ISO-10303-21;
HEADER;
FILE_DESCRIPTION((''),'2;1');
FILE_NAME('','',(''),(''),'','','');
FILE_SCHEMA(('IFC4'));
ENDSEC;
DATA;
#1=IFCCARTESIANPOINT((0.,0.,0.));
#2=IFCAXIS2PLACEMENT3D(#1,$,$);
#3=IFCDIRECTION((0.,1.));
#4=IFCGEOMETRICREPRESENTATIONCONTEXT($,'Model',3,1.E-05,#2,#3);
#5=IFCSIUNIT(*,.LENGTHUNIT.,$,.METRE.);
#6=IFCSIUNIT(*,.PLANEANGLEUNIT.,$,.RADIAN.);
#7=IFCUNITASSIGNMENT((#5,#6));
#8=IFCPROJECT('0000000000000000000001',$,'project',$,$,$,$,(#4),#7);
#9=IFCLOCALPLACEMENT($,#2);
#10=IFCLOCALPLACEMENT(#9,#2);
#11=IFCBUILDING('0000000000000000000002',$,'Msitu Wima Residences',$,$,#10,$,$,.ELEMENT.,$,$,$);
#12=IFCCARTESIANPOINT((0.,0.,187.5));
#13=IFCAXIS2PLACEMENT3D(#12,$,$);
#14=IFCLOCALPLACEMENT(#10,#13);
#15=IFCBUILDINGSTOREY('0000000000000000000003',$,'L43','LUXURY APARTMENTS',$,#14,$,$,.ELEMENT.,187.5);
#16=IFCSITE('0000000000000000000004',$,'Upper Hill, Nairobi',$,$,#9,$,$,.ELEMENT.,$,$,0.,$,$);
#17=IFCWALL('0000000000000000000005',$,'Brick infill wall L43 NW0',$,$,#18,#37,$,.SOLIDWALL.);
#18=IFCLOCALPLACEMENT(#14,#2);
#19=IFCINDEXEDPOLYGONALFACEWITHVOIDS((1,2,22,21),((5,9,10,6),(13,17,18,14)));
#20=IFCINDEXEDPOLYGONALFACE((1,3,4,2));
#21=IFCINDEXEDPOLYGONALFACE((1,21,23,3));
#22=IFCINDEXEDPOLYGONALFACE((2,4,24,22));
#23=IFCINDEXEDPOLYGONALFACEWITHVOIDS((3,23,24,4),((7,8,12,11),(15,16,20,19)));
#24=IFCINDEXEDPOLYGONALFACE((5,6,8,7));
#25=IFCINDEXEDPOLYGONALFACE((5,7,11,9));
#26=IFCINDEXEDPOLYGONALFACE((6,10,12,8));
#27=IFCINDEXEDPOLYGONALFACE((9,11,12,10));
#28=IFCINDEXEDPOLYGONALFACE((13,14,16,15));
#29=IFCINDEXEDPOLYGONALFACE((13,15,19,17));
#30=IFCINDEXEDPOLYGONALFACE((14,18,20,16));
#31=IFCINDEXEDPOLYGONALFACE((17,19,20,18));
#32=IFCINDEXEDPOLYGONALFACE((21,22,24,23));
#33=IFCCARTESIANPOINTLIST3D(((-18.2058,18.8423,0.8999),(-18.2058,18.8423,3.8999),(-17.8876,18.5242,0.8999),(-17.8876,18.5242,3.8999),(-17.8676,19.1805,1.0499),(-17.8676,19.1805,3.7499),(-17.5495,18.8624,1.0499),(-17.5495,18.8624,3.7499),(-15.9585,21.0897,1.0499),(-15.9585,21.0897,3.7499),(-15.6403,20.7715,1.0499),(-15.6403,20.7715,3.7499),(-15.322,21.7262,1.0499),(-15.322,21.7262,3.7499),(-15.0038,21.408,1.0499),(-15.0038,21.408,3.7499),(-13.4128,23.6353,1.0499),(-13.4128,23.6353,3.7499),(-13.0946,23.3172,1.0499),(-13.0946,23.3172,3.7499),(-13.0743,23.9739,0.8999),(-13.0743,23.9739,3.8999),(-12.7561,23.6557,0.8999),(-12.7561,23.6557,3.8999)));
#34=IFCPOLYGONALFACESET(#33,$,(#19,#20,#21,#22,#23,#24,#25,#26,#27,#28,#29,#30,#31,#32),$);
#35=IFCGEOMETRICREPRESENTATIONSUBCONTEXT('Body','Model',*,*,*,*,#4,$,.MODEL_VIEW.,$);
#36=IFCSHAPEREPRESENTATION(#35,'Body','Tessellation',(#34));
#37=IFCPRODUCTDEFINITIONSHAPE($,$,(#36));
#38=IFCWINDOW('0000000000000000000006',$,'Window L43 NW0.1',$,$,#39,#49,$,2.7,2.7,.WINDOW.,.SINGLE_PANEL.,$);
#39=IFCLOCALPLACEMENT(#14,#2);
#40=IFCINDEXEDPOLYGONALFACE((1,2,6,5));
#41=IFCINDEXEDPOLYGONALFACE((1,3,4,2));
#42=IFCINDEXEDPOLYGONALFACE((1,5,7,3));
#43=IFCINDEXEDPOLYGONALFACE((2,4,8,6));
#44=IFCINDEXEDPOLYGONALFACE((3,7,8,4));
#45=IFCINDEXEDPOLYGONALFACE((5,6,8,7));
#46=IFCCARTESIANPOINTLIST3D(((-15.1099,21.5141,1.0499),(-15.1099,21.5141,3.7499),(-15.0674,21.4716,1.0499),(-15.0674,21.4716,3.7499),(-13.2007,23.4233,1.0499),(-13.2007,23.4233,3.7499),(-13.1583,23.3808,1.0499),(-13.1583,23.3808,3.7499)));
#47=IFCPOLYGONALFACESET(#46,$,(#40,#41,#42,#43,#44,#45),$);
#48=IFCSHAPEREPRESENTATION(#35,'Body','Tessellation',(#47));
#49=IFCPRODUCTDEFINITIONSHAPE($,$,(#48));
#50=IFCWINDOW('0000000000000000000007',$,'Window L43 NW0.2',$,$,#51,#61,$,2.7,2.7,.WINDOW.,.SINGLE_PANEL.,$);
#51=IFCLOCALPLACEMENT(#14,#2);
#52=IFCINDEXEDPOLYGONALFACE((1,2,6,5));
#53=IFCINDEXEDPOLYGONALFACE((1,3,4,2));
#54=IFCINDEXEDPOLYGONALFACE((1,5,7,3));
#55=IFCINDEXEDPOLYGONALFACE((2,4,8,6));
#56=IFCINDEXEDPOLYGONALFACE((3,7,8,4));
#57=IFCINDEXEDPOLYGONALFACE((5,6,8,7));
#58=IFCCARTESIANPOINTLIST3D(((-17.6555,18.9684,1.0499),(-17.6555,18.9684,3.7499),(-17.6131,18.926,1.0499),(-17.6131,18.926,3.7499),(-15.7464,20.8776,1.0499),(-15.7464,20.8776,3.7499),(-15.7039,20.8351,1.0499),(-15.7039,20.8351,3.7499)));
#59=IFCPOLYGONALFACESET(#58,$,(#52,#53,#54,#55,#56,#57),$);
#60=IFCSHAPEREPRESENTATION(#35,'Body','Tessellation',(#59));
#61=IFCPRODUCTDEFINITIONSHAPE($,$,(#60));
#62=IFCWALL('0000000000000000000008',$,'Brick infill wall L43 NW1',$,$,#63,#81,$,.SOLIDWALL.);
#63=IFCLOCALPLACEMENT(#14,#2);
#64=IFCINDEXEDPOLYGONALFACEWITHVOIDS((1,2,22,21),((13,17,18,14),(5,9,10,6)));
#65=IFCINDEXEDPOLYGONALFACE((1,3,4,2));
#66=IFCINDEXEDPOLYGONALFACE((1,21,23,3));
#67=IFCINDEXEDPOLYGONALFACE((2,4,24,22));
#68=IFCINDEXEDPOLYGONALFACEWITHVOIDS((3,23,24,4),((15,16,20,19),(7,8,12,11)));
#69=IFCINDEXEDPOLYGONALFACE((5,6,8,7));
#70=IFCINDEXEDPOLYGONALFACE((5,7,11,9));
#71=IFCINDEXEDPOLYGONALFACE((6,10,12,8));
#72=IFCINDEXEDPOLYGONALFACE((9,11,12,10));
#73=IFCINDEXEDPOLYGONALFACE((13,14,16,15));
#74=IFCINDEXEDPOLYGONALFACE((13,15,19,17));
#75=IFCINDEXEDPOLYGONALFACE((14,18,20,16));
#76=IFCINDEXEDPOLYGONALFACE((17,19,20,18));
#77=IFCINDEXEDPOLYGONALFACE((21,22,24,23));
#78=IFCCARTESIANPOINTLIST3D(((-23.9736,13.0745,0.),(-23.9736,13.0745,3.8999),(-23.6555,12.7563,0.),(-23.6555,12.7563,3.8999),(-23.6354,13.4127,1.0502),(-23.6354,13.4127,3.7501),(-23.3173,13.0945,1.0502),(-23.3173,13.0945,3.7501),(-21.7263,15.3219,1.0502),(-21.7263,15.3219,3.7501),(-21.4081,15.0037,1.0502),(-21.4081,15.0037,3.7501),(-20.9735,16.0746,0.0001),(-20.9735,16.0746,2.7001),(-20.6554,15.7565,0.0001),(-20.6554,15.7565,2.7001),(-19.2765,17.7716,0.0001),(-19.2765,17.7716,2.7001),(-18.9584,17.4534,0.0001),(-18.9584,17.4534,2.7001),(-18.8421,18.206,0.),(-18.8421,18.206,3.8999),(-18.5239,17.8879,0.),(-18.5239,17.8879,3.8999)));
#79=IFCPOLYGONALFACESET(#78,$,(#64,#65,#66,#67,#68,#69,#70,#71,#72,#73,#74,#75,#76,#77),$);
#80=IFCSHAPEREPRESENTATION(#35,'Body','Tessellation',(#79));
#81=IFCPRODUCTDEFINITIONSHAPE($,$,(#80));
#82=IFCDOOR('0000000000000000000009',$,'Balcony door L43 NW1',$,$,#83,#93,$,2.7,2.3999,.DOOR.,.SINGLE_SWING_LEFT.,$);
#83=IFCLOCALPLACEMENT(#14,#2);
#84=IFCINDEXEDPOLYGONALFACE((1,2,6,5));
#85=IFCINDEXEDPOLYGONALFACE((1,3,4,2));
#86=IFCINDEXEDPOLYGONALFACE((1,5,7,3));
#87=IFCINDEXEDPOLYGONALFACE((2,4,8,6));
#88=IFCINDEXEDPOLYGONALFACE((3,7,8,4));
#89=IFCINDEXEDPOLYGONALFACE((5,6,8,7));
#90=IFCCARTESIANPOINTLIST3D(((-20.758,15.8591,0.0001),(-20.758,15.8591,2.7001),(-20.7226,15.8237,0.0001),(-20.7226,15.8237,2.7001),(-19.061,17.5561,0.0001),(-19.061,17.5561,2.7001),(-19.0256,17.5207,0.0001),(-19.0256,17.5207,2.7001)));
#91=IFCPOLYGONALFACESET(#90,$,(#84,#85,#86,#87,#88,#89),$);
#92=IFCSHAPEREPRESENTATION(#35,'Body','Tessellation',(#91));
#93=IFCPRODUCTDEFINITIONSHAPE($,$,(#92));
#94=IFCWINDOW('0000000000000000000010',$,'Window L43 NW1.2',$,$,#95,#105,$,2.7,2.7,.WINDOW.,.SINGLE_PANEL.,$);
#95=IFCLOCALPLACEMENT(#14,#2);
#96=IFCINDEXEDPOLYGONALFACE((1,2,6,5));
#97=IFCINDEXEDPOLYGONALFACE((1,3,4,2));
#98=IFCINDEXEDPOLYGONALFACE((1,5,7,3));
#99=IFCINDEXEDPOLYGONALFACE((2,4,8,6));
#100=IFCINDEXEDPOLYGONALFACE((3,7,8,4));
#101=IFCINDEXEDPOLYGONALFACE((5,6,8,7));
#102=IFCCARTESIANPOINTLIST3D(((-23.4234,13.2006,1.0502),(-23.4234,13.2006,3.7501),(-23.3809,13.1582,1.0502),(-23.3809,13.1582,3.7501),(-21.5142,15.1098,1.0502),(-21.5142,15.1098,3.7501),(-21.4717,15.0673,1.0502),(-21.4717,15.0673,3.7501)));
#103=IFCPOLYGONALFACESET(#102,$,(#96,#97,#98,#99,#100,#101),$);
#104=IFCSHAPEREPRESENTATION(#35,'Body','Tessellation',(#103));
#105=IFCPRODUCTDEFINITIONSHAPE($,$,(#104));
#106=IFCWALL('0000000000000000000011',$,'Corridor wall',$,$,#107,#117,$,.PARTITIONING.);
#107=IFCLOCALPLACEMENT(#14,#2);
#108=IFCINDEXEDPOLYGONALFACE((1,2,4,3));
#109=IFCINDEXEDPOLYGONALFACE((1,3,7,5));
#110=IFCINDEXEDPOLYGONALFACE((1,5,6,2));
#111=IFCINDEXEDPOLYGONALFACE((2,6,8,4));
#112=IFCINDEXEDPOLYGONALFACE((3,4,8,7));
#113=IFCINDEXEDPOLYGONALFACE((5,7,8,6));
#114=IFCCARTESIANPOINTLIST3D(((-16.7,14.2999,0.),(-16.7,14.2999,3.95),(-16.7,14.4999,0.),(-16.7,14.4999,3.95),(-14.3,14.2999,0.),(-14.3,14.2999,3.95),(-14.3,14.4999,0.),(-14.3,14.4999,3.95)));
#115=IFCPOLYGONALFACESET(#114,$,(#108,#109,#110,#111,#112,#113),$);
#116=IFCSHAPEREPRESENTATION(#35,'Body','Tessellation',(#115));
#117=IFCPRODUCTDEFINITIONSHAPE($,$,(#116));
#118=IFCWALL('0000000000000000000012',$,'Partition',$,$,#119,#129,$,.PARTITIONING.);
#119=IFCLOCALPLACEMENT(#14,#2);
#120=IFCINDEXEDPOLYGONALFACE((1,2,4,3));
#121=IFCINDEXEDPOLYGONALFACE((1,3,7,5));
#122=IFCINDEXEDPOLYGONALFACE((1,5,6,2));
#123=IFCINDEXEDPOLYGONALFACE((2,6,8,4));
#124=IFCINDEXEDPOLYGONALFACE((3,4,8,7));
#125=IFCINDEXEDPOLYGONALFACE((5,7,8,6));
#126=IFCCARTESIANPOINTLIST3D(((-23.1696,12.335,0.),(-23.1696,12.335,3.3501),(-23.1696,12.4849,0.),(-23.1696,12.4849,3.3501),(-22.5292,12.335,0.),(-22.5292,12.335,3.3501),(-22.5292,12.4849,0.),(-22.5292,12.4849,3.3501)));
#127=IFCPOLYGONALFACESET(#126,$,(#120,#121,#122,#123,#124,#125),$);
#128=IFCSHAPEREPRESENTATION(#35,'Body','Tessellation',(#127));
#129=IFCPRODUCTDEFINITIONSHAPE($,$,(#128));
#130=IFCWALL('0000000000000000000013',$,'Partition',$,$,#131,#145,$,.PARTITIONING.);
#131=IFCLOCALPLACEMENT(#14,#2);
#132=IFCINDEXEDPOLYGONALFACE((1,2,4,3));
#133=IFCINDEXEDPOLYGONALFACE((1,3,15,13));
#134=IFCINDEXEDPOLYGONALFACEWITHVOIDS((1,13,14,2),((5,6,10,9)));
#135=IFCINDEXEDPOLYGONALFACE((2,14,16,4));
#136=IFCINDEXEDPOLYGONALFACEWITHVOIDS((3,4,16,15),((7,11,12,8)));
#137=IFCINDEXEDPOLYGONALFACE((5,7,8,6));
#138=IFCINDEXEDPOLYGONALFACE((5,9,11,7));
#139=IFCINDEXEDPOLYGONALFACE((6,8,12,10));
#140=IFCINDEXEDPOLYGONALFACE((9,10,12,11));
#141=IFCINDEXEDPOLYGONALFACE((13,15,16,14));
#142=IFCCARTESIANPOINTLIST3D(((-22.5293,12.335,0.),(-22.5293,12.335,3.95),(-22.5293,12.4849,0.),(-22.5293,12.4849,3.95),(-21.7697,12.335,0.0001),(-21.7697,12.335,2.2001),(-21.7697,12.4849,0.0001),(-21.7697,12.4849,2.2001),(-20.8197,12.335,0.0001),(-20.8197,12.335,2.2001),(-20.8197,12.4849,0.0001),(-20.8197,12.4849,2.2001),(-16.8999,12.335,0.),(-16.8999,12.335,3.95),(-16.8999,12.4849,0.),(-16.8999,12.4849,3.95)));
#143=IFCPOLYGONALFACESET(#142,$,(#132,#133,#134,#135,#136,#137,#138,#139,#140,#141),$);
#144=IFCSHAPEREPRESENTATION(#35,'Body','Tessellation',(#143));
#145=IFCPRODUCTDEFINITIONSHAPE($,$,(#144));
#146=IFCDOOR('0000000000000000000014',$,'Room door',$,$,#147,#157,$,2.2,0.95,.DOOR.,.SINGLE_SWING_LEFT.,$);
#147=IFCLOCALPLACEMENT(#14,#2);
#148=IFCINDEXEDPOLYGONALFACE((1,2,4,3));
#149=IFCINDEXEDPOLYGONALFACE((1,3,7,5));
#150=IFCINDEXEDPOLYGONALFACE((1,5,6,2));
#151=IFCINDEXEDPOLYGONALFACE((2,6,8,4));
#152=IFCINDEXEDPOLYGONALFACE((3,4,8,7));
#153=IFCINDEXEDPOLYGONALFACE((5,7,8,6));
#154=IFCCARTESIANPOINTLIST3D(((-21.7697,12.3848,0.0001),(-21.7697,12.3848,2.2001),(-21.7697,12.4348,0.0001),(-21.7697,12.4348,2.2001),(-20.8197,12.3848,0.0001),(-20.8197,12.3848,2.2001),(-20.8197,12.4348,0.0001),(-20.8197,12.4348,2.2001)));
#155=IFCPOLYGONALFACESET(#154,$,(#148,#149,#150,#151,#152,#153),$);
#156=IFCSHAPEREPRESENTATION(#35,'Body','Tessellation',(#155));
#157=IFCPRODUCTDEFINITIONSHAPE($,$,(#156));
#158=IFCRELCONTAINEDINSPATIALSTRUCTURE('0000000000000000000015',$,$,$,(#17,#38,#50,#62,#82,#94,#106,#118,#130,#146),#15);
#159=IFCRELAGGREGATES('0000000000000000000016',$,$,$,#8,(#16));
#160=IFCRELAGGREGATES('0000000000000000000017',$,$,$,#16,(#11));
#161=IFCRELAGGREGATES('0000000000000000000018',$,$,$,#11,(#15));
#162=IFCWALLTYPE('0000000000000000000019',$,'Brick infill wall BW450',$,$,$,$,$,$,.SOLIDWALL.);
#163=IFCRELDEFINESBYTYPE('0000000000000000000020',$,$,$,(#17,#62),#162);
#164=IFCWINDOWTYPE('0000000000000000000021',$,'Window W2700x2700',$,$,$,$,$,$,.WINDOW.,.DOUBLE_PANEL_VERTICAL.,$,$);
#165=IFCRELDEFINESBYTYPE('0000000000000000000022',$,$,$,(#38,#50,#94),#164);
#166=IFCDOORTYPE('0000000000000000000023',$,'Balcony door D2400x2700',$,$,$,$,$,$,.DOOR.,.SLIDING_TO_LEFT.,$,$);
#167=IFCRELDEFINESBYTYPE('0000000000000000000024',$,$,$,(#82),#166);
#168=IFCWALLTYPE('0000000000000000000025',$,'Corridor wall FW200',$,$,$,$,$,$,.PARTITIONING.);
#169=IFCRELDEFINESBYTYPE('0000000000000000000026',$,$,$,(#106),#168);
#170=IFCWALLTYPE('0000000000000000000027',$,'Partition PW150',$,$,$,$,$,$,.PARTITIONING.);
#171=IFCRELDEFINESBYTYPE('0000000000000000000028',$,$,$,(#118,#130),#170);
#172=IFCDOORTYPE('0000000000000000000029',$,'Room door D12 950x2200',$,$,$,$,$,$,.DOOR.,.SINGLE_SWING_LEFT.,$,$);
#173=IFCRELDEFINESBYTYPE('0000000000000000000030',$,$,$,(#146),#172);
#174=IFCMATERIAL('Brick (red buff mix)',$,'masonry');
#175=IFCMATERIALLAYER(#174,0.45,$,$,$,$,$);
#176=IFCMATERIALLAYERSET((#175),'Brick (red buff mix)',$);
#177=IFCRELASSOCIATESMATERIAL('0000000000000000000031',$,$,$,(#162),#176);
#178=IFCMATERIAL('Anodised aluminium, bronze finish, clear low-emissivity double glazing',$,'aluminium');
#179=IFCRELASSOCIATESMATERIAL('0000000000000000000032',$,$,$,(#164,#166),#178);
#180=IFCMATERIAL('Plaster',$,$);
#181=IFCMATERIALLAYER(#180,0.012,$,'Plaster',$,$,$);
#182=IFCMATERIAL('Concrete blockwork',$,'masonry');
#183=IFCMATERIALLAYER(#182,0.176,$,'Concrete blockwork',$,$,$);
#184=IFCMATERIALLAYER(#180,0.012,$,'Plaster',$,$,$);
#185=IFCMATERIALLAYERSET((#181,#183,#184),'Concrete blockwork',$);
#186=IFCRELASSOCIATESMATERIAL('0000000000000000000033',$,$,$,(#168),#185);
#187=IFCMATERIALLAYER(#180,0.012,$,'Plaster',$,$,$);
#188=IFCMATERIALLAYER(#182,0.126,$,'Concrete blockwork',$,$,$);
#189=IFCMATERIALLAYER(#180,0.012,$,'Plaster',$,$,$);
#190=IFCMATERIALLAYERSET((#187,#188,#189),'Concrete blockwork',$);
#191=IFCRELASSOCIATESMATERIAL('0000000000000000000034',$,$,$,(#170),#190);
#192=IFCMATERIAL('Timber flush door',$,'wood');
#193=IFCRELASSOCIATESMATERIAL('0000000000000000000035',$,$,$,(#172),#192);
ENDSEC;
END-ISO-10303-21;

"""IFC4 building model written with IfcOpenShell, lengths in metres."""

from ifc_helpers import new_model, si_unit, direction, frame, frame_2d, origin, place, context, subcontext, project, spatial, rectangle, extrude, material, layer, layer_set, type_object, element, fill, save


model = new_model("IFC4")

# Units and contexts
model_context = context("Model", 3, precision=1e-05, world=origin(), true_north=direction((0.0, 1.0)))
body_context = subcontext(model_context, "Body", "Model", "MODEL_VIEW")
ifc_project = project(units=[si_unit("LENGTHUNIT", "METRE"), si_unit("PLANEANGLEUNIT", "RADIAN")], contexts=[model_context])

# Site, building, storey
site_placement = place(None, origin())
site = spatial("IfcSite", under=ifc_project, at=site_placement, Name="Upper Hill, Nairobi", CompositionType="ELEMENT", RefElevation=0.0)
building_placement = place(site_placement, origin())
building = spatial("IfcBuilding", under=site, at=building_placement, Name="Msitu Wima Residences", CompositionType="ELEMENT")
storey_placement = place(building_placement, frame((0.0, 0.0, 187.5)))
storey = spatial("IfcBuildingStorey", under=building, at=storey_placement, Name="L43", Description="LUXURY APARTMENTS", CompositionType="ELEMENT", Elevation=187.5)

# Wall, openings, windows
ifc_material_1 = material(Name="Brick (red buff mix)", Category="masonry")
ifc_layer_1 = layer(ifc_material_1, 0.45)
ifc_layer_set_1 = layer_set([ifc_layer_1], Name="Brick (red buff mix)")
wall_type_1 = type_object("IfcWallType", Name="Brick infill wall BW450", PredefinedType="SOLIDWALL", material=ifc_layer_set_1)
wall_1_placement = place(storey_placement, frame((-12.9153, 23.8147, 0.8999), z_axis=(0.0, 0.0, 1.0), x_axis=(-0.707107, -0.707107, 0.0)))
wall_1 = element("IfcWall", 1, at=wall_1_placement, inside=storey, type_object=wall_type_1, Name="Brick infill wall L43 NW0", PredefinedType="SOLIDWALL", context=body_context, shape_type="SweptSolid", body=[
    extrude(rectangle(XDim=7.2571, YDim=0.45, at=frame_2d((3.6284, 0.0))), origin(), (0.0, 0.0, 1.0), 3.0),
])
opening_1_placement = place(wall_1_placement, frame((0.4785, 0.0, 0.1499)))
opening_1 = element("IfcOpeningElement", 2, at=opening_1_placement, cuts=wall_1, PredefinedType="OPENING", context=body_context, shape_type="SweptSolid", body=[
    extrude(rectangle(XDim=2.7, YDim=2.7, at=frame_2d((1.3501, 1.3501))), frame((0.0, 0.2349, 0.0), z_axis=(0.0, -1.0, 0.0), x_axis=(1.0, 0.0, 0.0)), (0.0, 0.0, 1.0), 0.47),
])
opening_2_placement = place(wall_1_placement, frame((4.0786, 0.0, 0.1499)))
opening_2 = element("IfcOpeningElement", 3, at=opening_2_placement, cuts=wall_1, PredefinedType="OPENING", context=body_context, shape_type="SweptSolid", body=[
    extrude(rectangle(XDim=2.7, YDim=2.7, at=frame_2d((1.3501, 1.3501))), frame((0.0, 0.2349, 0.0), z_axis=(0.0, -1.0, 0.0), x_axis=(1.0, 0.0, 0.0)), (0.0, 0.0, 1.0), 0.47),
])
ifc_material_2 = material(Name="Anodised aluminium, bronze finish, clear low-emissivity double glazing", Category="aluminium")
window_type = type_object("IfcWindowType", Name="Window W2700x2700", PartitioningType="DOUBLE_PANEL_VERTICAL", PredefinedType="WINDOW", material=ifc_material_2)
window_1_placement = place(opening_1_placement, origin())
window_1 = element("IfcWindow", 4, at=window_1_placement, inside=storey, type_object=window_type, Name="Window L43 NW0.1", OverallHeight=2.7, OverallWidth=2.7, PartitioningType="SINGLE_PANEL", PredefinedType="WINDOW", context=body_context, shape_type="SweptSolid", body=[
    extrude(rectangle(XDim=2.7, YDim=2.7, at=frame_2d((1.3501, 1.3501))), frame((0.0, 0.135, 0.0), z_axis=(0.0, -1.0, 0.0), x_axis=(1.0, 0.0, 0.0)), (0.0, 0.0, 1.0), 0.0601),
])
fill(opening_1, window_1)
window_2_placement = place(opening_2_placement, origin())
window_2 = element("IfcWindow", 5, at=window_2_placement, inside=storey, type_object=window_type, Name="Window L43 NW0.2", OverallHeight=2.7, OverallWidth=2.7, PartitioningType="SINGLE_PANEL", PredefinedType="WINDOW", context=body_context, shape_type="SweptSolid", body=[
    extrude(rectangle(XDim=2.7, YDim=2.7, at=frame_2d((1.3501, 1.3501))), frame((0.0, 0.135, 0.0), z_axis=(0.0, -1.0, 0.0), x_axis=(1.0, 0.0, 0.0)), (0.0, 0.0, 1.0), 0.0601),
])
fill(opening_2, window_2)

# Wall, openings, door, window
wall_2_placement = place(storey_placement, frame((-18.6831, 18.0469, 0.0), z_axis=(0.0, 0.0, 1.0), x_axis=(-0.707107, -0.707107, 0.0)))
wall_2 = element("IfcWall", 6, at=wall_2_placement, inside=storey, type_object=wall_type_1, Name="Brick infill wall L43 NW1", PredefinedType="SOLIDWALL", context=body_context, shape_type="SweptSolid", body=[
    extrude(rectangle(XDim=7.2571, YDim=0.45, at=frame_2d((3.6284, 0.0))), origin(), (0.0, 0.0, 1.0), 3.8999),
])
opening_3_placement = place(wall_2_placement, frame((0.6143, 0.0, 0.0)))
opening_3 = element("IfcOpeningElement", 7, at=opening_3_placement, cuts=wall_2, PredefinedType="OPENING", context=body_context, shape_type="SweptSolid", body=[
    extrude(rectangle(XDim=2.3999, YDim=2.7, at=frame_2d((1.2, 1.3501))), frame((0.0, 0.2349, 0.0), z_axis=(0.0, -1.0, 0.0), x_axis=(1.0, 0.0, 0.0)), (0.0, 0.0, 1.0), 0.47),
])
opening_4_placement = place(wall_2_placement, frame((4.0786, 0.0, 1.05)))
opening_4 = element("IfcOpeningElement", 8, at=opening_4_placement, cuts=wall_2, PredefinedType="OPENING", context=body_context, shape_type="SweptSolid", body=[
    extrude(rectangle(XDim=2.7, YDim=2.7, at=frame_2d((1.3501, 1.3501))), frame((0.0, 0.2349, 0.0), z_axis=(0.0, -1.0, 0.0), x_axis=(1.0, 0.0, 0.0)), (0.0, 0.0, 1.0), 0.47),
])
door_type_1 = type_object("IfcDoorType", Name="Balcony door D2400x2700", OperationType="SLIDING_TO_LEFT", PredefinedType="DOOR", material=ifc_material_2)
door_1_placement = place(opening_3_placement, origin())
door_1 = element("IfcDoor", 9, at=door_1_placement, inside=storey, type_object=door_type_1, Name="Balcony door L43 NW1", OperationType="SINGLE_SWING_LEFT", OverallHeight=2.7, OverallWidth=2.3999, PredefinedType="DOOR", context=body_context, shape_type="SweptSolid", body=[
    extrude(rectangle(XDim=2.3999, YDim=2.7, at=frame_2d((1.2, 1.3501))), frame((0.0, 0.1299, 0.0), z_axis=(0.0, -1.0, 0.0), x_axis=(1.0, 0.0, 0.0)), (0.0, 0.0, 1.0), 0.05),
])
fill(opening_3, door_1)
window_3_placement = place(opening_4_placement, origin())
window_3 = element("IfcWindow", 10, at=window_3_placement, inside=storey, type_object=window_type, Name="Window L43 NW1.2", OverallHeight=2.7, OverallWidth=2.7, PartitioningType="SINGLE_PANEL", PredefinedType="WINDOW", context=body_context, shape_type="SweptSolid", body=[
    extrude(rectangle(XDim=2.7, YDim=2.7, at=frame_2d((1.3501, 1.3501))), frame((0.0, 0.135, 0.0), z_axis=(0.0, -1.0, 0.0), x_axis=(1.0, 0.0, 0.0)), (0.0, 0.0, 1.0), 0.0601),
])
fill(opening_4, window_3)

# Walls
ifc_material_3 = material(Name="Plaster")
ifc_layer_2 = layer(ifc_material_3, 0.012, Name="Plaster")
ifc_material_4 = material(Name="Concrete blockwork", Category="masonry")
ifc_layer_3 = layer(ifc_material_4, 0.176, Name="Concrete blockwork")
ifc_layer_4 = layer(ifc_material_3, 0.012, Name="Plaster")
ifc_layer_set_2 = layer_set([ifc_layer_2, ifc_layer_3, ifc_layer_4], Name="Concrete blockwork")
wall_type_2 = type_object("IfcWallType", Name="Corridor wall FW200", PredefinedType="PARTITIONING", material=ifc_layer_set_2)
wall_3_placement = place(storey_placement, frame((-16.7, 14.3999, 0.0), z_axis=(0.0, 0.0, 1.0), x_axis=(1.0, 0.0, 0.0)))
element("IfcWall", 11, at=wall_3_placement, inside=storey, type_object=wall_type_2, Name="Corridor wall", PredefinedType="PARTITIONING", context=body_context, shape_type="SweptSolid", body=[
    extrude(rectangle(XDim=2.3999, YDim=0.2, at=frame_2d((1.2, 0.0))), origin(), (0.0, 0.0, 1.0), 3.95),
])
ifc_layer_5 = layer(ifc_material_3, 0.012, Name="Plaster")
ifc_layer_6 = layer(ifc_material_4, 0.126, Name="Concrete blockwork")
ifc_layer_7 = layer(ifc_material_3, 0.012, Name="Plaster")
ifc_layer_set_3 = layer_set([ifc_layer_5, ifc_layer_6, ifc_layer_7], Name="Concrete blockwork")
wall_type_3 = type_object("IfcWallType", Name="Partition PW150", PredefinedType="PARTITIONING", material=ifc_layer_set_3)
wall_4_placement = place(storey_placement, frame((-23.1697, 12.4099, 0.0), z_axis=(0.0, 0.0, 1.0), x_axis=(1.0, 0.0, 0.0)))
element("IfcWall", 12, at=wall_4_placement, inside=storey, type_object=wall_type_3, Name="Partition", PredefinedType="PARTITIONING", context=body_context, shape_type="SweptSolid", body=[
    extrude(rectangle(XDim=0.6404, YDim=0.1499, at=frame_2d((0.3203, 0.0))), origin(), (0.0, 0.0, 1.0), 3.3501),
])

# Wall, opening, door
wall_5_placement = place(storey_placement, frame((-22.5293, 12.4099, 0.0), z_axis=(0.0, 0.0, 1.0), x_axis=(1.0, 0.0, 0.0)))
wall_5 = element("IfcWall", 13, at=wall_5_placement, inside=storey, type_object=wall_type_3, Name="Partition", PredefinedType="PARTITIONING", context=body_context, shape_type="SweptSolid", body=[
    extrude(rectangle(XDim=5.6294, YDim=0.1499, at=frame_2d((2.8147, 0.0))), origin(), (0.0, 0.0, 1.0), 3.95),
])
opening_5_placement = place(wall_5_placement, frame((0.7595, 0.0, 0.0)))
opening_5 = element("IfcOpeningElement", 14, at=opening_5_placement, cuts=wall_5, PredefinedType="OPENING", context=body_context, shape_type="SweptSolid", body=[
    extrude(rectangle(XDim=0.95, YDim=2.2, at=frame_2d((0.4751, 1.1001))), frame((0.0, 0.085, 0.0), z_axis=(0.0, -1.0, 0.0), x_axis=(1.0, 0.0, 0.0)), (0.0, 0.0, 1.0), 0.1699),
])
ifc_material_5 = material(Name="Timber flush door", Category="wood")
door_type_2 = type_object("IfcDoorType", Name="Room door D12 950x2200", OperationType="SINGLE_SWING_LEFT", PredefinedType="DOOR", material=ifc_material_5)
door_2_placement = place(opening_5_placement, origin())
door_2 = element("IfcDoor", 15, at=door_2_placement, inside=storey, type_object=door_type_2, Name="Room door", OperationType="SINGLE_SWING_LEFT", OverallHeight=2.2, OverallWidth=0.95, PredefinedType="DOOR", context=body_context, shape_type="SweptSolid", body=[
    extrude(rectangle(XDim=0.95, YDim=2.2, at=frame_2d((0.4751, 1.1001))), frame((0.0, 0.0249, 0.0), z_axis=(0.0, -1.0, 0.0), x_axis=(1.0, 0.0, 0.0)), (0.0, 0.0, 1.0), 0.05),
])
fill(opening_5, door_2)

save(model, "model.ifc")
